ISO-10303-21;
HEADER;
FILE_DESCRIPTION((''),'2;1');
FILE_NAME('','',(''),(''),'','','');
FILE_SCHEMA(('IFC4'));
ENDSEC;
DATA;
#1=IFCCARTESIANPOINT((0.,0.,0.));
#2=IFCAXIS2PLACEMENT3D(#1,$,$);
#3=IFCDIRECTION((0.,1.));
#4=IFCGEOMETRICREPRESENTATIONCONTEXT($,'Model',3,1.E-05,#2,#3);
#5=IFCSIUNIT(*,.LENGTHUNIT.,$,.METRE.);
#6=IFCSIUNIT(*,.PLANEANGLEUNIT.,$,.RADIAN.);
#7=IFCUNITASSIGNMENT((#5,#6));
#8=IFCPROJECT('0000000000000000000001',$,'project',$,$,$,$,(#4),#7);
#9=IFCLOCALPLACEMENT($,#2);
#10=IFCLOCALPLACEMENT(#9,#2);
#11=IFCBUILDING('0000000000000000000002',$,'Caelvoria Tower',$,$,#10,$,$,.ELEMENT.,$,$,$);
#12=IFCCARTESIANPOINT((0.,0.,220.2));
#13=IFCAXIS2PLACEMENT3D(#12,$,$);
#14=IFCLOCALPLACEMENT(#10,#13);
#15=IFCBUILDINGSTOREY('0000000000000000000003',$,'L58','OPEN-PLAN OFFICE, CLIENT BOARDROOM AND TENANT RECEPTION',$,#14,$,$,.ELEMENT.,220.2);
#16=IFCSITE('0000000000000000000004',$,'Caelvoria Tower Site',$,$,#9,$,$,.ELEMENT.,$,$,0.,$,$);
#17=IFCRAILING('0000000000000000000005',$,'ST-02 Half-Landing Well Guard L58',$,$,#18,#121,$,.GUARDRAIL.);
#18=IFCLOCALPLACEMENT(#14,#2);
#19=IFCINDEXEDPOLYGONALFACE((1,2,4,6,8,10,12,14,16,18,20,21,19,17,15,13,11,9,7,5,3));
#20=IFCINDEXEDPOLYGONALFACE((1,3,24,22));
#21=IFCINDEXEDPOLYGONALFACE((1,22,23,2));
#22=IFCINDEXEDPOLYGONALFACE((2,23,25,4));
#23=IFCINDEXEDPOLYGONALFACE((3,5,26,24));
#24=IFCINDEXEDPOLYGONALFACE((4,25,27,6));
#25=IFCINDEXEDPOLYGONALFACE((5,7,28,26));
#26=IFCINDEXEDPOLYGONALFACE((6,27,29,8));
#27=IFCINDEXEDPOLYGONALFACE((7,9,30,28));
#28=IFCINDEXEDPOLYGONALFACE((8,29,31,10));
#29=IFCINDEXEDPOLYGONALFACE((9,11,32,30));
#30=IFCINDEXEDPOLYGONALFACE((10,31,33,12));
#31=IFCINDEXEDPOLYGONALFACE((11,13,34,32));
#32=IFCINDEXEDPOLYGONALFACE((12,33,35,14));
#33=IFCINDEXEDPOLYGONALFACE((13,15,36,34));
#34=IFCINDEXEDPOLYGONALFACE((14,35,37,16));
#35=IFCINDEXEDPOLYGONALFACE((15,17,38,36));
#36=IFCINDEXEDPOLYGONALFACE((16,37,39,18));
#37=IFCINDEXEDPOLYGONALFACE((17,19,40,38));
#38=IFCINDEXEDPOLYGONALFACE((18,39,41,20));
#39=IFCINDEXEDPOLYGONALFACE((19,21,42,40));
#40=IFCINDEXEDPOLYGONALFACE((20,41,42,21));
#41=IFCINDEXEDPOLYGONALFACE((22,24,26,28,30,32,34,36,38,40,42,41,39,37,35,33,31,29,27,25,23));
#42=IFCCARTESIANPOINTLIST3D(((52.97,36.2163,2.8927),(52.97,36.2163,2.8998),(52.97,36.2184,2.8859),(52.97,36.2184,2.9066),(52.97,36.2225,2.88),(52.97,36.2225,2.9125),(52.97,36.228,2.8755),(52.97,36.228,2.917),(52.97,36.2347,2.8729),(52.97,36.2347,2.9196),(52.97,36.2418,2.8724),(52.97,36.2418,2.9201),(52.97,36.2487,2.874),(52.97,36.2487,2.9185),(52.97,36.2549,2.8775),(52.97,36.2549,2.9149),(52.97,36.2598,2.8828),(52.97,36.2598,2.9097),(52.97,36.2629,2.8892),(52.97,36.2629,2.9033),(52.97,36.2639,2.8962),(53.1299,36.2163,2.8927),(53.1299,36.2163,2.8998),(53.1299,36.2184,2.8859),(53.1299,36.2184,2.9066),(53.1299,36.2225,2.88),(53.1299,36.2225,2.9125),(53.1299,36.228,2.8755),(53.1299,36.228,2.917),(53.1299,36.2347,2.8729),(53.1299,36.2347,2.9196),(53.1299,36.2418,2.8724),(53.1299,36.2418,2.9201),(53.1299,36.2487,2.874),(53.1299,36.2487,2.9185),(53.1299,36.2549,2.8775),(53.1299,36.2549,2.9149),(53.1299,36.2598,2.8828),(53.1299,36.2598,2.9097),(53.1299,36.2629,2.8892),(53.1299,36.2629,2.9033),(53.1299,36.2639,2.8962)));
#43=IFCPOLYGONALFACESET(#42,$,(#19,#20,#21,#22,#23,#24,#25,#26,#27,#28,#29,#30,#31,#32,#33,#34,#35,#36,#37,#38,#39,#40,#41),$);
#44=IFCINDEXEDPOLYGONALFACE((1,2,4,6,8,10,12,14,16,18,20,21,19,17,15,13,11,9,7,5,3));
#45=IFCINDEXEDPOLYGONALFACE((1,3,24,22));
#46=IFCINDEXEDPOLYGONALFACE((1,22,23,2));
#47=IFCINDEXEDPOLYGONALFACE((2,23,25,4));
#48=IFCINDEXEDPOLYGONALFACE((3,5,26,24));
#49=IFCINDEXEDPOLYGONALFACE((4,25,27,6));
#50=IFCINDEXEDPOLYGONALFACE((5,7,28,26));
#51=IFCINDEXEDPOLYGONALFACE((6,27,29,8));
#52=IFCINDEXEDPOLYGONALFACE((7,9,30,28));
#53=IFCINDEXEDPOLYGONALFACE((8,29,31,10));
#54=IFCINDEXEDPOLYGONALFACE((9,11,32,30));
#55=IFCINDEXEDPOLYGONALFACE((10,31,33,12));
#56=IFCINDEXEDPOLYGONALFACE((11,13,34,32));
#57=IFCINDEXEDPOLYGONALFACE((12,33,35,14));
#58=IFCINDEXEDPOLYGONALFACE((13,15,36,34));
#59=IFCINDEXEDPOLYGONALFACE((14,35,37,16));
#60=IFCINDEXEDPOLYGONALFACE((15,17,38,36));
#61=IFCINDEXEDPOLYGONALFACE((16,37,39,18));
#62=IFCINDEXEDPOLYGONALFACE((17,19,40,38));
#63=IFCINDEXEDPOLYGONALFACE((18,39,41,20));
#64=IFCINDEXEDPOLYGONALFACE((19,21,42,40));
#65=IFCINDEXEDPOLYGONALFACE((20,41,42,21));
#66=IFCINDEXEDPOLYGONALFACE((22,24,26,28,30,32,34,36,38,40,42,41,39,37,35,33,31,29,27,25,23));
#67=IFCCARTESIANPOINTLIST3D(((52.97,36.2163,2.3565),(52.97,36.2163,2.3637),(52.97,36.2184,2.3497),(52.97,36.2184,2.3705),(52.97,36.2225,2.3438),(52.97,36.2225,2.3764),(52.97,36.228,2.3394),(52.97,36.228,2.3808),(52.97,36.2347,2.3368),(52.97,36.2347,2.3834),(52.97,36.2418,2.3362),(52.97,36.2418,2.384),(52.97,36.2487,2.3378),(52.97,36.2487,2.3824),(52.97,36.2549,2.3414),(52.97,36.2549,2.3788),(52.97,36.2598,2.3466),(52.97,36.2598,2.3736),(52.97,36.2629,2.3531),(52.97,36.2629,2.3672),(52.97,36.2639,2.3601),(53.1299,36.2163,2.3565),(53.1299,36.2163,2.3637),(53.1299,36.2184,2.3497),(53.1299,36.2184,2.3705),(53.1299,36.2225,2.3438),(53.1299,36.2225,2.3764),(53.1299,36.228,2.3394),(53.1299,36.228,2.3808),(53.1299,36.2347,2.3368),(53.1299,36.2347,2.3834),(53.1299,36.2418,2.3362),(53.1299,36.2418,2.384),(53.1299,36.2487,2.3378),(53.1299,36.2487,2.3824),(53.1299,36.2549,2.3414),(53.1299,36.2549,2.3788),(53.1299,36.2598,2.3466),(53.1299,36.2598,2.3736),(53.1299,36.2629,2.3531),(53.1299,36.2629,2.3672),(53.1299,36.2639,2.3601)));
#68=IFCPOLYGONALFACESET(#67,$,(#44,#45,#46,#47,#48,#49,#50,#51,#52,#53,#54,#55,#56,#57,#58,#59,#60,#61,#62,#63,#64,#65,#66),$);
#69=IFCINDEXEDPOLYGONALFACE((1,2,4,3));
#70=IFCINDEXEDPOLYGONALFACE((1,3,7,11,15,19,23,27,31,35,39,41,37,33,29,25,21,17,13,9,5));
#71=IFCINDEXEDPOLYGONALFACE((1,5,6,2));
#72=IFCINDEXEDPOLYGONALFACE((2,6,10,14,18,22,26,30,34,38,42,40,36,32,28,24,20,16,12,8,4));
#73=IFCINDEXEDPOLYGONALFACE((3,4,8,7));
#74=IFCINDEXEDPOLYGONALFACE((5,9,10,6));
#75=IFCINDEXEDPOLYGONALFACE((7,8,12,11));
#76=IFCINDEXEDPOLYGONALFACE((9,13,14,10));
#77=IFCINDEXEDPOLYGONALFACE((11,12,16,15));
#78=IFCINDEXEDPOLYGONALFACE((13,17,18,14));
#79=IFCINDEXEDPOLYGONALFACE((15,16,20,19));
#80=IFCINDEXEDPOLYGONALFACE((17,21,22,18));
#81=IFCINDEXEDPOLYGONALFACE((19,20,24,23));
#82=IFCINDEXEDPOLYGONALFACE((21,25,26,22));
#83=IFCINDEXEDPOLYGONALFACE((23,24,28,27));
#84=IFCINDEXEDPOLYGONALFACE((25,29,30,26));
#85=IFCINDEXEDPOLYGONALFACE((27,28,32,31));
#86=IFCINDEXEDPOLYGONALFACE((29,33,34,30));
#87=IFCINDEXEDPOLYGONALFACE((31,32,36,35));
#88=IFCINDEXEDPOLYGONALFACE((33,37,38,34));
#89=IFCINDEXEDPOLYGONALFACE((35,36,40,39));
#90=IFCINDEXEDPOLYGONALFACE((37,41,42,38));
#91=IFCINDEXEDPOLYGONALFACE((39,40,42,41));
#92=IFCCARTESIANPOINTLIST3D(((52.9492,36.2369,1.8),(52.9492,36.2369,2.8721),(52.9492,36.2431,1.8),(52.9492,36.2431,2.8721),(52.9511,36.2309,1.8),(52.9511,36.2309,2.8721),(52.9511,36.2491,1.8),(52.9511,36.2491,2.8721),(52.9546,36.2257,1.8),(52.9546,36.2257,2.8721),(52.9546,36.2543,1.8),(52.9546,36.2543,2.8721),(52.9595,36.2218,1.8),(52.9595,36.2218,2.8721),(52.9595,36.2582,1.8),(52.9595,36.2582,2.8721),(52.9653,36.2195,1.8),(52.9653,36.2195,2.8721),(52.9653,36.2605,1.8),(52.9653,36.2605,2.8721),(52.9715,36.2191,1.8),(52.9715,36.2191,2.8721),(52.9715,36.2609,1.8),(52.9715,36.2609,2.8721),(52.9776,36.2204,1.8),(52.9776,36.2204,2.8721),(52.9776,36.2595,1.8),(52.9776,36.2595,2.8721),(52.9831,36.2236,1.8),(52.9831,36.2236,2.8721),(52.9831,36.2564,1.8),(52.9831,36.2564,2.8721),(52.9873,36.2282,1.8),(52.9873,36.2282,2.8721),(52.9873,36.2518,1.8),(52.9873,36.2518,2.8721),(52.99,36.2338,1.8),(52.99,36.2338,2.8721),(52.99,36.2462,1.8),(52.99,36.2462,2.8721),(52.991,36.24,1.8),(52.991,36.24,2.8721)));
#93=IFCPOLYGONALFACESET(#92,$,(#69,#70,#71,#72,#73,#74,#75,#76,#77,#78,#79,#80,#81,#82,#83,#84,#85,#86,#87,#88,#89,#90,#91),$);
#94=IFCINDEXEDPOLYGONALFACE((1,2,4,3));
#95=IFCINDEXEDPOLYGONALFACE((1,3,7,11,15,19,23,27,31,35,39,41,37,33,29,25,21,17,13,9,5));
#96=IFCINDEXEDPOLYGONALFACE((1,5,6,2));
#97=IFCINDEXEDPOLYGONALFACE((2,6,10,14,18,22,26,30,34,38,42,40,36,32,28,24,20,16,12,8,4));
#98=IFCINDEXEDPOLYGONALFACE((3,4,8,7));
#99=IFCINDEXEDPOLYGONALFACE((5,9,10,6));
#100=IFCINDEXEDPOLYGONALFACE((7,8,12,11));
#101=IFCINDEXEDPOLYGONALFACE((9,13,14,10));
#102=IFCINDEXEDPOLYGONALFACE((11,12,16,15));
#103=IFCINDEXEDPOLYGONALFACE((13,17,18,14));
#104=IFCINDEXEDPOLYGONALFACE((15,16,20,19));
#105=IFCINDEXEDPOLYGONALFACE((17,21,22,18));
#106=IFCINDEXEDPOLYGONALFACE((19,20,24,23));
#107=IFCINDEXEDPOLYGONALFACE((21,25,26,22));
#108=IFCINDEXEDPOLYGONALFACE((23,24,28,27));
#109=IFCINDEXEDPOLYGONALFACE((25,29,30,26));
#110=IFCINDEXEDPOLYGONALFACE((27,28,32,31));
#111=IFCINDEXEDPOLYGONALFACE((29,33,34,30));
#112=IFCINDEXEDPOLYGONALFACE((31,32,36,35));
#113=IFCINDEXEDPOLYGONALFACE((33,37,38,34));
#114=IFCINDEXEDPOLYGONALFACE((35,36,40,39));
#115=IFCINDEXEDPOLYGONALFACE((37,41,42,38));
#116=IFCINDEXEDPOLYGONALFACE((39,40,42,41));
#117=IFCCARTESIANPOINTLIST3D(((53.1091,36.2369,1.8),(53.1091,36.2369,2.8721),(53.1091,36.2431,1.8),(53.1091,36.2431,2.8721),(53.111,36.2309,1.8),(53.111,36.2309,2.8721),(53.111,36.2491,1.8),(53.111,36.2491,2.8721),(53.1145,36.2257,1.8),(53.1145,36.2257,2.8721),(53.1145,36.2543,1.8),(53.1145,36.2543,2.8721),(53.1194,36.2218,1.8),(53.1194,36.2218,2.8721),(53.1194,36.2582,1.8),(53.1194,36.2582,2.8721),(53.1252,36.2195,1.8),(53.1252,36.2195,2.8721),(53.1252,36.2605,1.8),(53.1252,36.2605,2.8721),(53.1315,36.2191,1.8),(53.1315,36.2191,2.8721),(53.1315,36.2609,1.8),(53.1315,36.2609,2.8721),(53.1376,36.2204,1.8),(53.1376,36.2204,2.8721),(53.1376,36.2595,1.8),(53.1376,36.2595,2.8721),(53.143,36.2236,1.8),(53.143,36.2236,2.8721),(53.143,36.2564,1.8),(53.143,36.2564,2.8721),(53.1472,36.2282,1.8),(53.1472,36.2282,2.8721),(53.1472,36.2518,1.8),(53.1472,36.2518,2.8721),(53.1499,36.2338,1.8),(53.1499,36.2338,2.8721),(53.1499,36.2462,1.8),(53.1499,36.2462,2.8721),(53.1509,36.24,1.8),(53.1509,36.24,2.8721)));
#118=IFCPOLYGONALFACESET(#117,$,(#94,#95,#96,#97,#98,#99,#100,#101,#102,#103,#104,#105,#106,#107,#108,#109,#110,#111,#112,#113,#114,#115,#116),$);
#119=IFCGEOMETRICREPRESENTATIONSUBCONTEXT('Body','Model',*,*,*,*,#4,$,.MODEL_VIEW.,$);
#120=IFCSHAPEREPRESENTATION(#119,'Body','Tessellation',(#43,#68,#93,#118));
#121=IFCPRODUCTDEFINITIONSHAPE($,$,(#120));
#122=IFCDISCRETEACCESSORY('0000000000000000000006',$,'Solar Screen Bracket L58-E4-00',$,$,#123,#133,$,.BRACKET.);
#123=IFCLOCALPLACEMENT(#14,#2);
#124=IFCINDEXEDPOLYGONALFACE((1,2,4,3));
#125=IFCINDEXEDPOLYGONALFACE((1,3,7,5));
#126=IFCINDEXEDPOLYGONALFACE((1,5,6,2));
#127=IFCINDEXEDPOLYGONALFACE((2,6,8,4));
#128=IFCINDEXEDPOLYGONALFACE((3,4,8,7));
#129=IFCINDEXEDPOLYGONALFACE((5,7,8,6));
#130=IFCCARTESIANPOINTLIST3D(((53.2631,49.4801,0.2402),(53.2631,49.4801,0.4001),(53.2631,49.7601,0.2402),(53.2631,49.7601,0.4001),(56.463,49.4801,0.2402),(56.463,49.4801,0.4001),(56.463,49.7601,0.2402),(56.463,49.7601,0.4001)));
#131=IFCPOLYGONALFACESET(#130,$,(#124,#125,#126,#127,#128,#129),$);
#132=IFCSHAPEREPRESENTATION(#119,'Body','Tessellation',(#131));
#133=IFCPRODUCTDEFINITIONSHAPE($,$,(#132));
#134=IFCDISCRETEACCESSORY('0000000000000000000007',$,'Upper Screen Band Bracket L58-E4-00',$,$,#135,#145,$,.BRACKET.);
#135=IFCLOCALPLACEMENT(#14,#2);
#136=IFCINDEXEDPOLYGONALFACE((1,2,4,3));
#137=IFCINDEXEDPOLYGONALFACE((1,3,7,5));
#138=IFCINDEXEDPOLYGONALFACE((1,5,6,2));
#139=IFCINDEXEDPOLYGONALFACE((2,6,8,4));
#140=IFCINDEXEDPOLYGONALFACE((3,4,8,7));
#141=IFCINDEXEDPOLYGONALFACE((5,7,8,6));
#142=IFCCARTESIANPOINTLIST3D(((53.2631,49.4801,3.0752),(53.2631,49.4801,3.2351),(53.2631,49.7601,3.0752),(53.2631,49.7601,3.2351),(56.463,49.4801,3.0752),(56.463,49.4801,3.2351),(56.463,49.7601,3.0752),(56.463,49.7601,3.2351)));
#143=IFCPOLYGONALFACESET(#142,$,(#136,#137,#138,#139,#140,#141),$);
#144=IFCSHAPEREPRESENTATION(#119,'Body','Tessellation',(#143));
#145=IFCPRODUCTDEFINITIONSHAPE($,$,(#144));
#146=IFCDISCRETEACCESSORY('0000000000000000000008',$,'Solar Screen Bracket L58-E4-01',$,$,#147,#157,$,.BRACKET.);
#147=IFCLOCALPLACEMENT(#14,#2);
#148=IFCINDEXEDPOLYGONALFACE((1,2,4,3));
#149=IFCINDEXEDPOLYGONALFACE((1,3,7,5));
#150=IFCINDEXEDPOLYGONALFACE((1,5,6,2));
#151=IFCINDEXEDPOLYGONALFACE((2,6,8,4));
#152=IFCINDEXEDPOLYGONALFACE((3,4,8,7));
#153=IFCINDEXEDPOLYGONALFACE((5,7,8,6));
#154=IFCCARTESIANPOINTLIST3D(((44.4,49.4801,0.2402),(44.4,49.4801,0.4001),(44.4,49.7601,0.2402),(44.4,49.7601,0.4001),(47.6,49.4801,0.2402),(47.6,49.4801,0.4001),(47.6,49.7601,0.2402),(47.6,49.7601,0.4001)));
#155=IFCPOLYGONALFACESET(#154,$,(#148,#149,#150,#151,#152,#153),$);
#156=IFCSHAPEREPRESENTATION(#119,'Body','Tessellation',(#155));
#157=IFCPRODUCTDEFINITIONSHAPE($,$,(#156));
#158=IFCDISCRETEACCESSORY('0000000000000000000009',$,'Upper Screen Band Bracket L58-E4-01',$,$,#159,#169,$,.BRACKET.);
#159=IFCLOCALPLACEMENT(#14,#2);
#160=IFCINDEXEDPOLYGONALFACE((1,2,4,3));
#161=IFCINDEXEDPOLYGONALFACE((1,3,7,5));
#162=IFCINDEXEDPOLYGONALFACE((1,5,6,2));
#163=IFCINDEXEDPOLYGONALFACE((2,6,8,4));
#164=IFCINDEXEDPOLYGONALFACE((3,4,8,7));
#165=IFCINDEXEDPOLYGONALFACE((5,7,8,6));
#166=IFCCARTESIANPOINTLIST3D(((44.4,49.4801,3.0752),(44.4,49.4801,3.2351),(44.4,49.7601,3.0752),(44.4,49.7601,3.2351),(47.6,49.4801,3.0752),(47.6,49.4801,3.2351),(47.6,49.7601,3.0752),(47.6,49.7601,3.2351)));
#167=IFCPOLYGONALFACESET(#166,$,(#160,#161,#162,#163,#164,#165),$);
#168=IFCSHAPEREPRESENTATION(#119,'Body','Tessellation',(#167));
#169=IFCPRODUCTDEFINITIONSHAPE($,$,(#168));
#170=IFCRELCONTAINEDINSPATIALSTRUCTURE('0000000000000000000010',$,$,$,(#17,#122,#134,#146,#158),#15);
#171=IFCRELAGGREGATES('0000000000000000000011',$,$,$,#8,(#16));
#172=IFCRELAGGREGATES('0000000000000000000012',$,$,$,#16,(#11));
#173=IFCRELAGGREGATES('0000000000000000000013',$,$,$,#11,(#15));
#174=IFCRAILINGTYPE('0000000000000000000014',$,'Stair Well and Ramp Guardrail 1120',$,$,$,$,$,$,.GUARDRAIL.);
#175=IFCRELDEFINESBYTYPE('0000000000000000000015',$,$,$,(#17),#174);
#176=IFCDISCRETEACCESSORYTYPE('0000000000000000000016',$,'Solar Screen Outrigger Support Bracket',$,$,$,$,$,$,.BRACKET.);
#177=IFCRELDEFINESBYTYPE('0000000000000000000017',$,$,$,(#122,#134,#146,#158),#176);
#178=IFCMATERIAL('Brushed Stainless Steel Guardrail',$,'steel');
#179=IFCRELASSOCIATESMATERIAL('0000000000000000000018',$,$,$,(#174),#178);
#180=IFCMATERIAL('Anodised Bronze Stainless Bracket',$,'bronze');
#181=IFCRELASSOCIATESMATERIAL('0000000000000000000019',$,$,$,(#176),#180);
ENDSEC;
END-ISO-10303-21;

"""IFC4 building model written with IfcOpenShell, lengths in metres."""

from ifc_helpers import new_model, si_unit, direction, frame, origin, origin_2d, place, context, subcontext, project, spatial, rectangle, circle, extrude, material, type_object, element, save


model = new_model("IFC4")

# Units and contexts
model_context = context("Model", 3, precision=1e-05, world=origin(), true_north=direction((0.0, 1.0)))
body_context = subcontext(model_context, "Body", "Model", "MODEL_VIEW")
ifc_project = project(units=[si_unit("LENGTHUNIT", "METRE"), si_unit("PLANEANGLEUNIT", "RADIAN")], contexts=[model_context])

# Site, building, storey
site_placement = place(None, origin())
site = spatial("IfcSite", under=ifc_project, at=site_placement, Name="Caelvoria Tower Site", CompositionType="ELEMENT", RefElevation=0.0)
building_placement = place(site_placement, origin())
building = spatial("IfcBuilding", under=site, at=building_placement, Name="Caelvoria Tower", CompositionType="ELEMENT")
storey_placement = place(building_placement, frame((0.0, 0.0, 220.2)))
storey = spatial("IfcBuildingStorey", under=building, at=storey_placement, Name="L58", Description="OPEN-PLAN OFFICE, CLIENT BOARDROOM AND TENANT RECEPTION", CompositionType="ELEMENT", Elevation=220.2)

# Railing
ifc_material_1 = material(Name="Brushed Stainless Steel Guardrail", Category="steel")
railing_type_1 = type_object("IfcRailingType", Name="Stair Well and Ramp Guardrail 1120", PredefinedType="GUARDRAIL", material=ifc_material_1)
railing_1_placement = place(storey_placement, frame((52.97, 36.24, 1.8)))
element("IfcRailing", 1, at=railing_1_placement, inside=storey, type_object=railing_type_1, Name="ST-02 Half-Landing Well Guard L58", PredefinedType="GUARDRAIL", context=body_context, shape_type="SweptSolid", body=[
    extrude(circle(Radius=0.0239, at=origin_2d()), frame((0.0, 0.0, 1.0962), z_axis=(1.0, 0.0, 0.0), x_axis=(0.0, 1.0, 0.0)), (0.0, 0.0, 1.0), 0.1599),
    extrude(circle(Radius=0.0239, at=origin_2d()), frame((0.0, 0.0, 0.5601), z_axis=(1.0, 0.0, 0.0), x_axis=(0.0, 1.0, 0.0)), (0.0, 0.0, 1.0), 0.1599),
    extrude(circle(Radius=0.021, at=origin_2d()), origin(), (0.0, 0.0, 1.0), 1.072),
    extrude(circle(Radius=0.021, at=origin_2d()), frame((0.1599, 0.0, 0.0)), (0.0, 0.0, 1.0), 1.072),
])

# Discrete accessories
ifc_material_2 = material(Name="Anodised Bronze Stainless Bracket", Category="bronze")
discrete_accessory_type = type_object("IfcDiscreteAccessoryType", Name="Solar Screen Outrigger Support Bracket", PredefinedType="BRACKET", material=ifc_material_2)
for number, where, z_axis, x_axis, name in (
    (2, (54.863, 49.6201, 0.2402), (0.0, 0.0, 1.0), (-1.0, 0.0, 0.0), "Solar Screen Bracket L58-E4-00"),
    (3, (54.863, 49.6201, 3.0752), (0.0, 0.0, 1.0), (-1.0, 0.0, 0.0), "Upper Screen Band Bracket L58-E4-00"),
    (4, (46.0, 49.6201, 0.2402), (0.0, 0.0, 1.0), (-1.0, 0.0, 0.0), "Solar Screen Bracket L58-E4-01"),
    (5, (46.0, 49.6201, 3.0752), (0.0, 0.0, 1.0), (-1.0, 0.0, 0.0), "Upper Screen Band Bracket L58-E4-01"),
):
    element("IfcDiscreteAccessory", number, at=place(storey_placement, frame(where, z_axis=z_axis, x_axis=x_axis)), inside=storey, type_object=discrete_accessory_type, Name=name, PredefinedType="BRACKET", context=body_context, shape_type="SweptSolid", body=[
        extrude(rectangle(XDim=3.2, YDim=0.28, at=origin_2d()), origin(), (0.0, 0.0, 1.0), 0.1599),
    ])

save(model, "model.ifc")
